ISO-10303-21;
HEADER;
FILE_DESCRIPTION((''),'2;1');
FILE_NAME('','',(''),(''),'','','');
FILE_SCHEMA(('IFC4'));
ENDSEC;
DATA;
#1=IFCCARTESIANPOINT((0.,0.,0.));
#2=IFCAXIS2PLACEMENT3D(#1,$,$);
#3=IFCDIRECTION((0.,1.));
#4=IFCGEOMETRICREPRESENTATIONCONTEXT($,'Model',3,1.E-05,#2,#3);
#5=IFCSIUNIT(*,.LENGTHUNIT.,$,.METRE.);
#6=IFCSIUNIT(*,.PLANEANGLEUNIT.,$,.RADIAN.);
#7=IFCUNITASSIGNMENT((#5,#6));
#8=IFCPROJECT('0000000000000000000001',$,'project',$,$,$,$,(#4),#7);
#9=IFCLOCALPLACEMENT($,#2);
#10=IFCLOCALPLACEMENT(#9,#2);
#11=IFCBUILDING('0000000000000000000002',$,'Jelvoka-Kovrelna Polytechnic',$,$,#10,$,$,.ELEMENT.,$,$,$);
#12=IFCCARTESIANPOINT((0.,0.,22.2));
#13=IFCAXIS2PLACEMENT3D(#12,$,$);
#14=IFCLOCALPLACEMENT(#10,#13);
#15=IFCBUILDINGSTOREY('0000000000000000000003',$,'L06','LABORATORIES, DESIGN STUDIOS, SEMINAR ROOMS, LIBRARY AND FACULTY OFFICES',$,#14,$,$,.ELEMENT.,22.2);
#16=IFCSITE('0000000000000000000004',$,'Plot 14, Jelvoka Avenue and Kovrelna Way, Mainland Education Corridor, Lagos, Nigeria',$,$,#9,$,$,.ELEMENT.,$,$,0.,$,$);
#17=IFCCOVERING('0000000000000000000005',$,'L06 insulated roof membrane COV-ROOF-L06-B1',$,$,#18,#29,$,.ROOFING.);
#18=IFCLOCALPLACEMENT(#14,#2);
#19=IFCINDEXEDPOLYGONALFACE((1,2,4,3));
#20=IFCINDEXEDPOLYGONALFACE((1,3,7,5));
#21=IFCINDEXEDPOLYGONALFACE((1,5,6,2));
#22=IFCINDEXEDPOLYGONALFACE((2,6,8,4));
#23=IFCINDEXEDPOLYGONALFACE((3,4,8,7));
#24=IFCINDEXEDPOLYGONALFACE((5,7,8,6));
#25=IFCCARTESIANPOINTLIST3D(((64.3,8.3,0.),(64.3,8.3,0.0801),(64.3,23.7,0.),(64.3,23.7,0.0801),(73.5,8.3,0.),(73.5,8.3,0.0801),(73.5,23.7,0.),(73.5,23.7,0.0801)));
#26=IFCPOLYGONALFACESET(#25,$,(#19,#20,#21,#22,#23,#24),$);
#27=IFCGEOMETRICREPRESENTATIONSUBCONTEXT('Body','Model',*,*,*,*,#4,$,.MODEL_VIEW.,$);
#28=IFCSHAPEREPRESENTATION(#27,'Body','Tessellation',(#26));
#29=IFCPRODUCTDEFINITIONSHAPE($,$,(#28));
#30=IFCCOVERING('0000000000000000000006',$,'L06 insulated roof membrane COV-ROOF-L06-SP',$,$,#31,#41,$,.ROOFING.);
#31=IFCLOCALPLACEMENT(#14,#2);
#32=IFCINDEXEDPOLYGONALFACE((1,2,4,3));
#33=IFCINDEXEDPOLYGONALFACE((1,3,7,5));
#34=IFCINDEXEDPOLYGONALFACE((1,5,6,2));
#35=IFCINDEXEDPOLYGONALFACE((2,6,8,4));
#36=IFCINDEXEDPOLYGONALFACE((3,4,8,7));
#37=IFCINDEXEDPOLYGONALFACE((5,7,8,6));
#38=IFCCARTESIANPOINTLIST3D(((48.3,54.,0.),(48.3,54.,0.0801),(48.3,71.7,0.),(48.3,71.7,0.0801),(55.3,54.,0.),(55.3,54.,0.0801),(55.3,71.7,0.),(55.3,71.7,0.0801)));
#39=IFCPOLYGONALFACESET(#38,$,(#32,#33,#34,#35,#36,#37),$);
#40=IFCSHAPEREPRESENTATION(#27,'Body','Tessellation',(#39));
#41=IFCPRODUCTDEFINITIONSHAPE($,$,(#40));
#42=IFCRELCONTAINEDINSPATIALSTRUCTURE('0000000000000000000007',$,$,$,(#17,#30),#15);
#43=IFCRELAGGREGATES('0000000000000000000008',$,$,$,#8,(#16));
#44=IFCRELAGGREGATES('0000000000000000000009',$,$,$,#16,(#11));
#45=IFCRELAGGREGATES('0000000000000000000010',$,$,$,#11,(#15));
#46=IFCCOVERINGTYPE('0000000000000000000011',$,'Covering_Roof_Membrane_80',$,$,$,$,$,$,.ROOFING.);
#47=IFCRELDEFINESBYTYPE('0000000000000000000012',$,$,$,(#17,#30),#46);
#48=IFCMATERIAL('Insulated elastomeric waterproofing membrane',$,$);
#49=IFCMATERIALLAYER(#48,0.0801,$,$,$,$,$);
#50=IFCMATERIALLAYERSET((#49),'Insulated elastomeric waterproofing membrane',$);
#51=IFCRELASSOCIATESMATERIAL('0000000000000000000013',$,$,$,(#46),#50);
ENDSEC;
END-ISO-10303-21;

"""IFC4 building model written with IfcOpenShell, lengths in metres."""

from ifc_helpers import new_model, si_unit, direction, frame, origin, place, context, subcontext, project, spatial, polyline, outline, extrude, material, layer, layer_set, type_object, element, save


model = new_model("IFC4")

# Units and contexts
model_context = context("Model", 3, precision=1e-05, world=origin(), true_north=direction((0.0, 1.0)))
body_context = subcontext(model_context, "Body", "Model", "MODEL_VIEW")
ifc_project = project(units=[si_unit("LENGTHUNIT", "METRE"), si_unit("PLANEANGLEUNIT", "RADIAN")], contexts=[model_context])

# Site, building, storey
site_placement = place(None, origin())
site = spatial("IfcSite", under=ifc_project, at=site_placement, Name="Plot 14, Jelvoka Avenue and Kovrelna Way, Mainland Education Corridor, Lagos, Nigeria", CompositionType="ELEMENT", RefElevation=0.0)
building_placement = place(site_placement, origin())
building = spatial("IfcBuilding", under=site, at=building_placement, Name="Jelvoka-Kovrelna Polytechnic", CompositionType="ELEMENT")
storey_placement = place(building_placement, frame((0.0, 0.0, 22.2)))
storey = spatial("IfcBuildingStorey", under=building, at=storey_placement, Name="L06", Description="LABORATORIES, DESIGN STUDIOS, SEMINAR ROOMS, LIBRARY AND FACULTY OFFICES", CompositionType="ELEMENT", Elevation=22.2)

# Coverings
ifc_material_1 = material(Name="Insulated elastomeric waterproofing membrane")
ifc_layer_1 = layer(ifc_material_1, 0.0801)
ifc_layer_set_1 = layer_set([ifc_layer_1], Name="Insulated elastomeric waterproofing membrane")
covering_type = type_object("IfcCoveringType", Name="Covering_Roof_Membrane_80", PredefinedType="ROOFING", material=ifc_layer_set_1)
covering_1_placement = place(storey_placement, origin())
element("IfcCovering", 1, at=covering_1_placement, inside=storey, type_object=covering_type, Name="L06 insulated roof membrane COV-ROOF-L06-B1", PredefinedType="ROOFING", context=body_context, shape_type="SweptSolid", body=[
    extrude(outline(polyline([(64.3, 8.3), (73.5, 8.3), (73.5, 23.7), (64.3, 23.7), (64.3, 8.3)])), origin(), (0.0, 0.0, 1.0), 0.0801),
])
covering_2_placement = place(storey_placement, origin())
element("IfcCovering", 2, at=covering_2_placement, inside=storey, type_object=covering_type, Name="L06 insulated roof membrane COV-ROOF-L06-SP", PredefinedType="ROOFING", context=body_context, shape_type="SweptSolid", body=[
    extrude(outline(polyline([(48.3, 54.0), (55.3, 54.0), (55.3, 71.7), (48.3, 71.7), (48.3, 54.0)])), origin(), (0.0, 0.0, 1.0), 0.0801),
])

save(model, "model.ifc")
